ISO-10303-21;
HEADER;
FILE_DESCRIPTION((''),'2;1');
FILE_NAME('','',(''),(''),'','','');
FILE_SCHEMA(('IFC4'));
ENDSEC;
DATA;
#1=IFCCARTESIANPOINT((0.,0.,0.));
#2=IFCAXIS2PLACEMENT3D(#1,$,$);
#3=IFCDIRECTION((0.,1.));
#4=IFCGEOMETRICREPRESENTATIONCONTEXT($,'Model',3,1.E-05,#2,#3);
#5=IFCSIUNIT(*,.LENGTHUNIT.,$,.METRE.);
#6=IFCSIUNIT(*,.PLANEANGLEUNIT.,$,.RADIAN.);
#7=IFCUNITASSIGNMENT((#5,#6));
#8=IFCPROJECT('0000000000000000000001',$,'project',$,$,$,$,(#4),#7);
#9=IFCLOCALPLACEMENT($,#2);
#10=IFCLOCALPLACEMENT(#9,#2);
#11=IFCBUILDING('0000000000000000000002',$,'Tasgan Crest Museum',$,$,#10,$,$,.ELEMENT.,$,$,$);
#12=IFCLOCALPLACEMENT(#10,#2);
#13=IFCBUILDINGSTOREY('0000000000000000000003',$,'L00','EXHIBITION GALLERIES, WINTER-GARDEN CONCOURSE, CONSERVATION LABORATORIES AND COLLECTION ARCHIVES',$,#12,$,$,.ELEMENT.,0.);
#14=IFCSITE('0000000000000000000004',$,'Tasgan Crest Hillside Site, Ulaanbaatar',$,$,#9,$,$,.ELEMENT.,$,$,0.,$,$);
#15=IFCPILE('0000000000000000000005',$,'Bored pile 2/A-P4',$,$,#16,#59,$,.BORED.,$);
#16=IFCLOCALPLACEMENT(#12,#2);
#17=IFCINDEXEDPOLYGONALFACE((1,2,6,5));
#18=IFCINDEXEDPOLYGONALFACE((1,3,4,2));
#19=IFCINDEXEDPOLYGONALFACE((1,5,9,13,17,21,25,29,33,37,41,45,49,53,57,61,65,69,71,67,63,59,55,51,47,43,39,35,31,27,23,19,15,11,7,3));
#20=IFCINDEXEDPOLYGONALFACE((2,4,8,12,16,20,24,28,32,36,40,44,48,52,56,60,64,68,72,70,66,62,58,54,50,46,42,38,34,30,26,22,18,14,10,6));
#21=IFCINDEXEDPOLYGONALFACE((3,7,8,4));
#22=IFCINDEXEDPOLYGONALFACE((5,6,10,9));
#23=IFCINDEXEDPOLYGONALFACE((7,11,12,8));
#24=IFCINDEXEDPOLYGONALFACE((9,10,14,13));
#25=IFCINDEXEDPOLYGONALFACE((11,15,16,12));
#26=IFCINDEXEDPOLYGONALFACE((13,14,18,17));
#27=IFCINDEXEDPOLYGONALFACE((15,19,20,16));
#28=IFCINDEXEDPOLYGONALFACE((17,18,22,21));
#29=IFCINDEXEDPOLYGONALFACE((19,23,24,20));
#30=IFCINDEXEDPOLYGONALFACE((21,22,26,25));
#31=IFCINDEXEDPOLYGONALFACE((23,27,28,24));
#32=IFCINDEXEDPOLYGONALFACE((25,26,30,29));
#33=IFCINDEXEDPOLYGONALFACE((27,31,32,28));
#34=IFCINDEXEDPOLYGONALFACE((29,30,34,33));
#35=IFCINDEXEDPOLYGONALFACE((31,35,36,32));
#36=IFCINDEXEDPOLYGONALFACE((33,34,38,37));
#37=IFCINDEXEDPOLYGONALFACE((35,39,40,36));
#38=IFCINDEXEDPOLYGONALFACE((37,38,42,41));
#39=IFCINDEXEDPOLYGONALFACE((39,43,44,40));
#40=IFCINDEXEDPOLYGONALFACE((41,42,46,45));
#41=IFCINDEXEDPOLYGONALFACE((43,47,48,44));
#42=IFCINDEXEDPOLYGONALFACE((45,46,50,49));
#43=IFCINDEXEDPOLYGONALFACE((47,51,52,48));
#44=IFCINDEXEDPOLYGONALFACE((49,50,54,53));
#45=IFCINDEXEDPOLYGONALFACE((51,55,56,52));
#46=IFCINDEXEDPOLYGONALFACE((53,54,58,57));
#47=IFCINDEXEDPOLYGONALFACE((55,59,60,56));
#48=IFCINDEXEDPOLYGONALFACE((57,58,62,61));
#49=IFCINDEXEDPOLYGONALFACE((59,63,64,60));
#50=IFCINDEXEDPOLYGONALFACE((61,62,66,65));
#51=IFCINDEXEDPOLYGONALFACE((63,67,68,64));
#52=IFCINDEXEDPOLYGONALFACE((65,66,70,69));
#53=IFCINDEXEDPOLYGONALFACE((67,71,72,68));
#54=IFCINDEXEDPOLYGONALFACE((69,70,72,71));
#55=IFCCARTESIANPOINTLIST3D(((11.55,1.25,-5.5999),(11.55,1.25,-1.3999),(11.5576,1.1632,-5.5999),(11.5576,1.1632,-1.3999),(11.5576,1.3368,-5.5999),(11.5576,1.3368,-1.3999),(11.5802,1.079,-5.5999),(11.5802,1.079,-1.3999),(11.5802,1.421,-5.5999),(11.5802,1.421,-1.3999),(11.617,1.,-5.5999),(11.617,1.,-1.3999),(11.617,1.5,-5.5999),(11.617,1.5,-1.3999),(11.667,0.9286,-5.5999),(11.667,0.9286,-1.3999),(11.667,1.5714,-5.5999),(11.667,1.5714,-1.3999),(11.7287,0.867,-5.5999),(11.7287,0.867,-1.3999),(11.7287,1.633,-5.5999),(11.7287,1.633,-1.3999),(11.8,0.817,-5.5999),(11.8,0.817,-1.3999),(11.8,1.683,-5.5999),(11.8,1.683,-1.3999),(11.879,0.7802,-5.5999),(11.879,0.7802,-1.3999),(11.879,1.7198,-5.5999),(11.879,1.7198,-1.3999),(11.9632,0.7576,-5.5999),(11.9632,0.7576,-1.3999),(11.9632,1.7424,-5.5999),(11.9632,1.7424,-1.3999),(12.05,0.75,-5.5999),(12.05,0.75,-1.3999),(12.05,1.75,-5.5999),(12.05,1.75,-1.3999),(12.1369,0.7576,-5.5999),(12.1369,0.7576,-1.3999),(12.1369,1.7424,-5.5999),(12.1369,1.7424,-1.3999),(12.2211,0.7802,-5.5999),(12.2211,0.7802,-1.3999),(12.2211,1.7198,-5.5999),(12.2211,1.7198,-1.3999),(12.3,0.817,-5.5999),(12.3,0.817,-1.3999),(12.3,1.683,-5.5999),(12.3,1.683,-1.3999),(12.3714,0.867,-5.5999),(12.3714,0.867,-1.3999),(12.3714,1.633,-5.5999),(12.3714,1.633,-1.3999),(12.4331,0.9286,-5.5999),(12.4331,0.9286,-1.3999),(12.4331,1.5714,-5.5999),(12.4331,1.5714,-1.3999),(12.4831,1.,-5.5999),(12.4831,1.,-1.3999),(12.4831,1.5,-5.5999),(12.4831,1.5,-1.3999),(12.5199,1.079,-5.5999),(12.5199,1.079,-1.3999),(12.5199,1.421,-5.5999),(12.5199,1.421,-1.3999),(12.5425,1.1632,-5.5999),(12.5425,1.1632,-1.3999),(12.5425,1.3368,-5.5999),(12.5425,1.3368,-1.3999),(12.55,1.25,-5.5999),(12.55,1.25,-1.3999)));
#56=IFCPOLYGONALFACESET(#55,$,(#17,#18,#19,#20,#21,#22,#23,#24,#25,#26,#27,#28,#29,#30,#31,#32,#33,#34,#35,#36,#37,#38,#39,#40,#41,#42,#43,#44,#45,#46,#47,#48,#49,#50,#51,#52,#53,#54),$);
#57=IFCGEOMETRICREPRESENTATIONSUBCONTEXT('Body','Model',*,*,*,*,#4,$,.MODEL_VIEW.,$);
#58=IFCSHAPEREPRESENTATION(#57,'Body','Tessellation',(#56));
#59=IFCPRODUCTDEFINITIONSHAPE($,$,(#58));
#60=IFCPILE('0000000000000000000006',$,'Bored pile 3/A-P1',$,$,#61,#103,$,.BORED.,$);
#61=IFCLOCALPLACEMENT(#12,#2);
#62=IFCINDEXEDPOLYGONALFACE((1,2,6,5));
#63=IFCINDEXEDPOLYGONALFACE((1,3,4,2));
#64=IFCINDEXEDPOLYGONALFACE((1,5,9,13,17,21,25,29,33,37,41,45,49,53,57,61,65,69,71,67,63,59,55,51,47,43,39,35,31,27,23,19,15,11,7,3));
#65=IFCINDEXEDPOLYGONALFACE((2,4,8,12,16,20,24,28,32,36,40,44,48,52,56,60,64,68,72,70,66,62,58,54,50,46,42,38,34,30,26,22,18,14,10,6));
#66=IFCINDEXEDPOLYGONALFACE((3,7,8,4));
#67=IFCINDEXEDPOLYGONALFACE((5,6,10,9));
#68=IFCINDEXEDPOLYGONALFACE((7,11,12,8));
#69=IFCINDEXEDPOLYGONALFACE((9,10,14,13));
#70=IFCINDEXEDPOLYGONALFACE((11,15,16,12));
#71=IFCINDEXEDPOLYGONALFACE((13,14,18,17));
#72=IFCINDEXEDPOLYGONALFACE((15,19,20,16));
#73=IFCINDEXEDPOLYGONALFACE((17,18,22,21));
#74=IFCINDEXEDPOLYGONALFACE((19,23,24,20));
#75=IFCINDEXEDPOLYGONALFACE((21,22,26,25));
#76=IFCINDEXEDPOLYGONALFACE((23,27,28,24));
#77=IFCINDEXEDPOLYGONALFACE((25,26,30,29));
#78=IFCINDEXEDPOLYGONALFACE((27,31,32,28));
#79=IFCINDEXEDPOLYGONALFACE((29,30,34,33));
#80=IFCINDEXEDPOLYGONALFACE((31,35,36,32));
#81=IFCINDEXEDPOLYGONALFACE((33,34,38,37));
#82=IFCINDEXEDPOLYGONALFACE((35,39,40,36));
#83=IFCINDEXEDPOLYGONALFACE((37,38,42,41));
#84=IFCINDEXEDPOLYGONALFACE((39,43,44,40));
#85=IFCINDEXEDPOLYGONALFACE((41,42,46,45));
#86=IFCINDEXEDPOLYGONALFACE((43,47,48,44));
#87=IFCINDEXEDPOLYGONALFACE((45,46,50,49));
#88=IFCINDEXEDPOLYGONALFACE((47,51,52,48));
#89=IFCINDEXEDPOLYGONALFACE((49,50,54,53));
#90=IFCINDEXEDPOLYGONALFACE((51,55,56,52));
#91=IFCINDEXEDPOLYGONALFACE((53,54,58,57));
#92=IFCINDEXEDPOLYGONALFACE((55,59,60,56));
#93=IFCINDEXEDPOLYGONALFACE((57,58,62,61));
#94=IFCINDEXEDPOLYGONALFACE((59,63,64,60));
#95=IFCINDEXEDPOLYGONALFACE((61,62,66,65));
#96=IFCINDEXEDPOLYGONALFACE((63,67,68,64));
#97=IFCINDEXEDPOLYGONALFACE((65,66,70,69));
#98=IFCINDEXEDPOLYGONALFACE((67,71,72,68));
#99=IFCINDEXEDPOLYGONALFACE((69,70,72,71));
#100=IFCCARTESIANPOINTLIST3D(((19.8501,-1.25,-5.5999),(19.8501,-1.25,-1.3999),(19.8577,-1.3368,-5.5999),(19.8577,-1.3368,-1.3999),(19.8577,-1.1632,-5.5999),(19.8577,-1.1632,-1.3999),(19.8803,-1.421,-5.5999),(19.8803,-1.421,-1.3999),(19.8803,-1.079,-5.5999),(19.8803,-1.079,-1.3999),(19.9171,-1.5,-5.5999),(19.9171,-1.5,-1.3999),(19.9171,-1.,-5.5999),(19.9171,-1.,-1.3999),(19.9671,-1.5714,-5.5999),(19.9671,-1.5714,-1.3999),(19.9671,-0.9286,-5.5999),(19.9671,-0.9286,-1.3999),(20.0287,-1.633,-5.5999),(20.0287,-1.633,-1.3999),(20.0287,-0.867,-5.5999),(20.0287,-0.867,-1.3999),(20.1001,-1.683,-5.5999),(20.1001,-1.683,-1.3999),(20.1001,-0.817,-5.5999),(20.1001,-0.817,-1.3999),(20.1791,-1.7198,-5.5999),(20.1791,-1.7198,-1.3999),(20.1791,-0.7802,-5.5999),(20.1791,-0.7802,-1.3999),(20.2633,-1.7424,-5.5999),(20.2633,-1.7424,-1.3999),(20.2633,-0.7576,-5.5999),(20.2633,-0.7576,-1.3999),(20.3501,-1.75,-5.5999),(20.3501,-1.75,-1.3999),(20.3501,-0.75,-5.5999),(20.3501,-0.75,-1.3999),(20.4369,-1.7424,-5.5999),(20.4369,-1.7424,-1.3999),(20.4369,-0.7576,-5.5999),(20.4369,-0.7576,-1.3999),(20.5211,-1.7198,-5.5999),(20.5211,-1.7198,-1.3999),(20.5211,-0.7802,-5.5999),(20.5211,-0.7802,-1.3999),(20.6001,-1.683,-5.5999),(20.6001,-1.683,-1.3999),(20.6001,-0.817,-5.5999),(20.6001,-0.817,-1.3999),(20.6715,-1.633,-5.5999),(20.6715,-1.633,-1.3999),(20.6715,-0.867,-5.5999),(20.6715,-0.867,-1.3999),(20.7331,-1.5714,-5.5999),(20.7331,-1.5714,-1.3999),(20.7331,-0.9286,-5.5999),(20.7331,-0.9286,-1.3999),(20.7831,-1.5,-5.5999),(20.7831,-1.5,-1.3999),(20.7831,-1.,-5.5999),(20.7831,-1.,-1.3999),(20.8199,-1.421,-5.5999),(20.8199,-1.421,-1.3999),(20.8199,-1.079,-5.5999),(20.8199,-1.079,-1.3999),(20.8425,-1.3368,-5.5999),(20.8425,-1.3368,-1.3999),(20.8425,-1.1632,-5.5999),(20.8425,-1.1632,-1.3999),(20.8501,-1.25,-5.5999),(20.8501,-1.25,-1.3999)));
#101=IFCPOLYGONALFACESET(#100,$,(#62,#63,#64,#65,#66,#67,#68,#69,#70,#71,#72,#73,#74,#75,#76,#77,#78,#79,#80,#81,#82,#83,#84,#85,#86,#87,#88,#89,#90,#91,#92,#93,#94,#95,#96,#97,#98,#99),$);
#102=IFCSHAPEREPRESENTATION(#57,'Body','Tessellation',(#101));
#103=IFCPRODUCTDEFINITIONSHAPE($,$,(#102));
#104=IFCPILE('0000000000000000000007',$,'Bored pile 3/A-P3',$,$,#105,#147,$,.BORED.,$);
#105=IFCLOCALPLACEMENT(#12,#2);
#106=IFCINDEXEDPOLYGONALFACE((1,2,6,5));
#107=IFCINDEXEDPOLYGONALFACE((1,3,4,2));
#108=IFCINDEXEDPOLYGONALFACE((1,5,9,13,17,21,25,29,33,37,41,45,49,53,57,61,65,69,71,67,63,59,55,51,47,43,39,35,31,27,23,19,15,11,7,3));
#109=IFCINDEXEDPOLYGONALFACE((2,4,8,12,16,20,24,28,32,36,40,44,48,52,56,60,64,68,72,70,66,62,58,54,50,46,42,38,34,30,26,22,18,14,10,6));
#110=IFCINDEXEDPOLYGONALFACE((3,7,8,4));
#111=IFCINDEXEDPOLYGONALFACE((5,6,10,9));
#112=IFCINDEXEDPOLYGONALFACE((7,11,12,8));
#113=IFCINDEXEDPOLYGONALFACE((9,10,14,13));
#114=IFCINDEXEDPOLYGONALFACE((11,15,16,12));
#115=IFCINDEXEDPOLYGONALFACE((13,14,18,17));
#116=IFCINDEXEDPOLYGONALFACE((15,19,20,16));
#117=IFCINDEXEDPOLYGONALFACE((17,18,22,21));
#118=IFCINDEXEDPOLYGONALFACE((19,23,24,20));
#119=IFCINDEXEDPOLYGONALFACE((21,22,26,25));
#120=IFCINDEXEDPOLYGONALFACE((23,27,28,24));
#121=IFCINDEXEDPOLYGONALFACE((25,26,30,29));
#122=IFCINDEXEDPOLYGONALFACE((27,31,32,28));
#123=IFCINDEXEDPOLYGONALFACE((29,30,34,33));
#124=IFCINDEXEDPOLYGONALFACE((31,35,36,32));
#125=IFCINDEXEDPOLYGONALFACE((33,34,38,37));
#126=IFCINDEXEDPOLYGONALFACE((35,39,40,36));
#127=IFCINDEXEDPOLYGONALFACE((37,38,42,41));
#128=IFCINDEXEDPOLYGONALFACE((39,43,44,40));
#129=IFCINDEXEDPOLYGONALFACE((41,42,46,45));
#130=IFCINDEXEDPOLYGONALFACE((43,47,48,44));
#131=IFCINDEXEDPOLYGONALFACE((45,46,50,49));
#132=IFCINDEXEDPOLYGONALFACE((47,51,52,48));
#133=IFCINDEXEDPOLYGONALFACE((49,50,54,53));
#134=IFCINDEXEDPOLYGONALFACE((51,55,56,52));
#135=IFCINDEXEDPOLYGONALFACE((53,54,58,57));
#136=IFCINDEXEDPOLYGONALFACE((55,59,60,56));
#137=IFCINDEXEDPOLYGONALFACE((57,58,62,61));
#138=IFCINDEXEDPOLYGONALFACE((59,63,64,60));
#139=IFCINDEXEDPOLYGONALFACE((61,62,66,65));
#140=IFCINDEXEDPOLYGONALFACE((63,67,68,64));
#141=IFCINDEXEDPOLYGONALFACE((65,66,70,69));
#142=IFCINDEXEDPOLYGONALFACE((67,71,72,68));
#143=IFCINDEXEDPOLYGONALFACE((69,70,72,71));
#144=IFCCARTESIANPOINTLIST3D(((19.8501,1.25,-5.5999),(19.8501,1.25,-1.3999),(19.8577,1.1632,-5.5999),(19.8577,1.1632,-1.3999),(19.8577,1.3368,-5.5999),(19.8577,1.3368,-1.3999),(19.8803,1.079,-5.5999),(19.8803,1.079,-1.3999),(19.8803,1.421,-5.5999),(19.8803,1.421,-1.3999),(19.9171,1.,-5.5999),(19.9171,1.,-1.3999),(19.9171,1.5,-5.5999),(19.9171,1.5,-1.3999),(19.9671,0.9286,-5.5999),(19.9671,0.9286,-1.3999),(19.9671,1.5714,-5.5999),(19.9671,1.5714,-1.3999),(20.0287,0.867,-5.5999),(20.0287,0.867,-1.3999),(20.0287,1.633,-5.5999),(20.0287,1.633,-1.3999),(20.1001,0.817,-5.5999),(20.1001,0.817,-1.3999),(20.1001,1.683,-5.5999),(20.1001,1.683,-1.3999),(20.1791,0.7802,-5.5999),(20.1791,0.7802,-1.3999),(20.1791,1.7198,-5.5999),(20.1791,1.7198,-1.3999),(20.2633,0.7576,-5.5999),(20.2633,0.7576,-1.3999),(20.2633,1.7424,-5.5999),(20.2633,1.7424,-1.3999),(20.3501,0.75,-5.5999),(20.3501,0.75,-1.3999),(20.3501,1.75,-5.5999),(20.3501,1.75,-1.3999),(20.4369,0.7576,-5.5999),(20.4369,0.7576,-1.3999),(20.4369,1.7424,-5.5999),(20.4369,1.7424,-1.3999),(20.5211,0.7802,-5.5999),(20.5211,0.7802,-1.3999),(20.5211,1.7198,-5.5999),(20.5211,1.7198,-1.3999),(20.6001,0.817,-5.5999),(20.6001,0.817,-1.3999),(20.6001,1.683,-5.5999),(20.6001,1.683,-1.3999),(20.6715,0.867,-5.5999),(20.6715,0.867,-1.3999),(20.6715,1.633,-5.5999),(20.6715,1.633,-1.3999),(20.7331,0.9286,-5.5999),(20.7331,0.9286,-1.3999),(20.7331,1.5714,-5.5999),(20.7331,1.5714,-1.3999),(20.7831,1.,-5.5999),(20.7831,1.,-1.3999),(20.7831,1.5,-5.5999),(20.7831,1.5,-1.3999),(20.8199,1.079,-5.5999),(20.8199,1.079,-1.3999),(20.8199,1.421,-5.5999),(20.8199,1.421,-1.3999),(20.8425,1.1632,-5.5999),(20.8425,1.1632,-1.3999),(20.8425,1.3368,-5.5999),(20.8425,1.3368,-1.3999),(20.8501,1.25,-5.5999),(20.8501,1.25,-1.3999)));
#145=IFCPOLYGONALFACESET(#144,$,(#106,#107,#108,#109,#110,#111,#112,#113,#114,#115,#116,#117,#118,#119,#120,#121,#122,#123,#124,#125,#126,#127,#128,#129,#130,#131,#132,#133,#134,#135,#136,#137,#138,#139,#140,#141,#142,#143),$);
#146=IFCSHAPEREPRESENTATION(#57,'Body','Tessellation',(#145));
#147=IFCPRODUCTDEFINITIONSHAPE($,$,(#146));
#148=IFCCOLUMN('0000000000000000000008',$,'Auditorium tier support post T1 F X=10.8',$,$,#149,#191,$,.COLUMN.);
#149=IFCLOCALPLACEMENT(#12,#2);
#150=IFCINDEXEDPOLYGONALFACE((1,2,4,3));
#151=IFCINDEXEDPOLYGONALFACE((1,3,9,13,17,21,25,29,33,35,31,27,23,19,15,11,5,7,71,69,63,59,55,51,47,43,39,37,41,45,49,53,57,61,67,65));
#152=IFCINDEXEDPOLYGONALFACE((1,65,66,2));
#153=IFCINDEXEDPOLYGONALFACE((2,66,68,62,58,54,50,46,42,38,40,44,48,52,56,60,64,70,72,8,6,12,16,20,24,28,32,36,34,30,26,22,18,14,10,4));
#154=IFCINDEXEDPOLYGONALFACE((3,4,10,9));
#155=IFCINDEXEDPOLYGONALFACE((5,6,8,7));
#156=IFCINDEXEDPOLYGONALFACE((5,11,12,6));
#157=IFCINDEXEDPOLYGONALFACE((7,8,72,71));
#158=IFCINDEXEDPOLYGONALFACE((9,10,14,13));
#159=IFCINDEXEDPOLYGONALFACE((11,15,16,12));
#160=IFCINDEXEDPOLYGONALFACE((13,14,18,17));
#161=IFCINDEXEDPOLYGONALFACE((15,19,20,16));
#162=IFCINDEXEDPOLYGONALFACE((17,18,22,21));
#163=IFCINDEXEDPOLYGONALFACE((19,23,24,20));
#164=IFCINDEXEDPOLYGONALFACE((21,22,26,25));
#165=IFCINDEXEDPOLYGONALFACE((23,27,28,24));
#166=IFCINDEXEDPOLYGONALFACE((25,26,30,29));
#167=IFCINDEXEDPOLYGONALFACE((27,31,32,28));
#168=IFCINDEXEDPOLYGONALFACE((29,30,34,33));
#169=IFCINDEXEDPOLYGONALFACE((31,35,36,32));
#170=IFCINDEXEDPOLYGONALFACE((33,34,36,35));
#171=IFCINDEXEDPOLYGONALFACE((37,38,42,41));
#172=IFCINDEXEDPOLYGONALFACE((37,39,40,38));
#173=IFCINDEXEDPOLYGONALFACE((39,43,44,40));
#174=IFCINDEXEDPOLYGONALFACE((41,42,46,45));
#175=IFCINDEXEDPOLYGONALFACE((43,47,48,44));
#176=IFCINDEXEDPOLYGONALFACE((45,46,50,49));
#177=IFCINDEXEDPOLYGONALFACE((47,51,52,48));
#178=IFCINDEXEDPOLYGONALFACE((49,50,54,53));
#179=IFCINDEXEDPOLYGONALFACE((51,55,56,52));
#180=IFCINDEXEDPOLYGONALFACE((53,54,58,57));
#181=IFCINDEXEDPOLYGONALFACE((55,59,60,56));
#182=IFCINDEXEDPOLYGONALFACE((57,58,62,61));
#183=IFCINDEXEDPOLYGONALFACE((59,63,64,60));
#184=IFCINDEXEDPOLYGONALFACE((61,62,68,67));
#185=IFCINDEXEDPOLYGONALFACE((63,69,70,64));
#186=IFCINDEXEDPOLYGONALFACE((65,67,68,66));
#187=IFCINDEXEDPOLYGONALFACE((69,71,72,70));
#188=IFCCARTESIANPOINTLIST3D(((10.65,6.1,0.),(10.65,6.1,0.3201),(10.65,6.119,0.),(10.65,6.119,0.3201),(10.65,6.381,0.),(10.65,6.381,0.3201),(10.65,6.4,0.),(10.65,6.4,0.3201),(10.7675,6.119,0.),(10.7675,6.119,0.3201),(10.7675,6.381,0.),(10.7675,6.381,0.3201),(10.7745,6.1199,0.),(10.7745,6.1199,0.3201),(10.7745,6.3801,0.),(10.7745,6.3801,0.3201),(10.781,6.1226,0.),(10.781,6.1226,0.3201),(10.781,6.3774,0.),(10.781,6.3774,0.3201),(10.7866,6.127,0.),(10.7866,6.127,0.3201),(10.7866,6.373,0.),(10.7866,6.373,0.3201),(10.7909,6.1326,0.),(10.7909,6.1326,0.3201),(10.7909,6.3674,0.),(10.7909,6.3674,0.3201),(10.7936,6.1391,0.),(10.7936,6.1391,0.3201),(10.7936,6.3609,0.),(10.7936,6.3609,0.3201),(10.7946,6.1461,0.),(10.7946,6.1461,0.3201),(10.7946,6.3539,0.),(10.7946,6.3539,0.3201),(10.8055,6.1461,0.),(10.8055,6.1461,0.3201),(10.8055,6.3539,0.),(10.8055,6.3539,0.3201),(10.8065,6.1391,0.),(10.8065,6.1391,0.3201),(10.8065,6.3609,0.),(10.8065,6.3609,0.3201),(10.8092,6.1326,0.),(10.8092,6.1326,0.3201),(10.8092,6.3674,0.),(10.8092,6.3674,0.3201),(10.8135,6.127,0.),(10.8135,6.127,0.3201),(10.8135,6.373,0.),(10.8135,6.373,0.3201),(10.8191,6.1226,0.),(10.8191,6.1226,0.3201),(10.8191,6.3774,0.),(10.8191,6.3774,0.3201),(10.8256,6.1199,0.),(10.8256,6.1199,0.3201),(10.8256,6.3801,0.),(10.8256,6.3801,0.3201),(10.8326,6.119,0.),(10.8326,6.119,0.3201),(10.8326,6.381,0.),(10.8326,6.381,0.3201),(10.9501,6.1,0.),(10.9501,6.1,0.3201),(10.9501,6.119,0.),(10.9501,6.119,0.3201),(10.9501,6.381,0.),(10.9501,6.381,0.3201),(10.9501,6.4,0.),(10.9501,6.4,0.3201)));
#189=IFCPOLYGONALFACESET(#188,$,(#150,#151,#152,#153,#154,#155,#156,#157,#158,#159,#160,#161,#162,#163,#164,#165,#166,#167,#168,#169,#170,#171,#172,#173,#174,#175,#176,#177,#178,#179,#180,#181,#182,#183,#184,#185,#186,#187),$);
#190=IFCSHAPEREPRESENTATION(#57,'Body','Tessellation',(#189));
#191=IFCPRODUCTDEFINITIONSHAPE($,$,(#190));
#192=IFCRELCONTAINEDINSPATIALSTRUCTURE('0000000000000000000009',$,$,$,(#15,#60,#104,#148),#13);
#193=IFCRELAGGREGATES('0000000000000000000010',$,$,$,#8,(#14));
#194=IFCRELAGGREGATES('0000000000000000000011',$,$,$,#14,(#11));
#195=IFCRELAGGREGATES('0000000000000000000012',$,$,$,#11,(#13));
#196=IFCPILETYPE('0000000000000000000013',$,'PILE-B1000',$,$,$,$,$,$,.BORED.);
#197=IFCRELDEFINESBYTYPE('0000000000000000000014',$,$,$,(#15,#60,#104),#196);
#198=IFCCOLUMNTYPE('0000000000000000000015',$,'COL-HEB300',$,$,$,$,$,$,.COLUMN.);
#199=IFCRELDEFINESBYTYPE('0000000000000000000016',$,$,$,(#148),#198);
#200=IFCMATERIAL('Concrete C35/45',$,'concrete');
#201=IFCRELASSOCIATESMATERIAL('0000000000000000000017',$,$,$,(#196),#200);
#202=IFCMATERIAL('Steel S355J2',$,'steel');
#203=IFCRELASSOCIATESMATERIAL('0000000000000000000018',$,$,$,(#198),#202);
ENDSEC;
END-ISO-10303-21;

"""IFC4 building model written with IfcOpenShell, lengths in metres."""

from ifc_helpers import new_model, si_unit, direction, frame, origin, origin_2d, place, context, subcontext, project, spatial, circle, i_section, extrude, material, material_profile, profile_set, type_object, element, save


model = new_model("IFC4")

# Units and contexts
model_context = context("Model", 3, precision=1e-05, world=origin(), true_north=direction((0.0, 1.0)))
body_context = subcontext(model_context, "Body", "Model", "MODEL_VIEW")
ifc_project = project(units=[si_unit("LENGTHUNIT", "METRE"), si_unit("PLANEANGLEUNIT", "RADIAN")], contexts=[model_context])

# Site, building, storey
site_placement = place(None, origin())
site = spatial("IfcSite", under=ifc_project, at=site_placement, Name="Tasgan Crest Hillside Site, Ulaanbaatar", CompositionType="ELEMENT", RefElevation=0.0)
building_placement = place(site_placement, origin())
building = spatial("IfcBuilding", under=site, at=building_placement, Name="Tasgan Crest Museum", CompositionType="ELEMENT")
storey_placement = place(building_placement, origin())
storey = spatial("IfcBuildingStorey", under=building, at=storey_placement, Name="L00", Description="EXHIBITION GALLERIES, WINTER-GARDEN CONCOURSE, CONSERVATION LABORATORIES AND COLLECTION ARCHIVES", CompositionType="ELEMENT", Elevation=0.0)

# Piles
ifc_material_1 = material(Name="Concrete C35/45", Category="concrete")
ifc_material_profile_1 = material_profile(ifc_material_1, circle(Radius=0.5, at=origin_2d()), Name="PILE D1000")
ifc_profile_set_1 = profile_set([ifc_material_profile_1], Name="Concrete C35/45")
pile_type = type_object("IfcPileType", Name="PILE-B1000", PredefinedType="BORED", material=ifc_profile_set_1)
for number, where, z_axis, x_axis, name in (
    (1, (12.05, 1.25, -1.3999), (0.0, 0.0, -1.0), (1.0, 0.0, 0.0), "Bored pile 2/A-P4"),
    (2, (20.3501, -1.25, -1.3999), (0.0, 0.0, -1.0), (1.0, 0.0, 0.0), "Bored pile 3/A-P1"),
    (3, (20.3501, 1.25, -1.3999), (0.0, 0.0, -1.0), (1.0, 0.0, 0.0), "Bored pile 3/A-P3"),
):
    element("IfcPile", number, at=place(storey_placement, frame(where, z_axis=z_axis, x_axis=x_axis)), inside=storey, type_object=pile_type, Name=name, PredefinedType="BORED", context=body_context, shape_type="SweptSolid", body=[
        extrude(circle(Radius=0.5, at=origin_2d()), origin(), (0.0, 0.0, 1.0), 4.2),
    ])

# Column
ifc_material_2 = material(Name="Steel S355J2", Category="steel")
ifc_material_profile_2 = material_profile(ifc_material_2, i_section(OverallWidth=0.3, OverallDepth=0.3, WebThickness=0.011, FlangeThickness=0.019, FilletRadius=0.0271, at=origin_2d()), Name="HEB 300")
ifc_profile_set_2 = profile_set([ifc_material_profile_2], Name="Steel S355J2")
column_type_1 = type_object("IfcColumnType", Name="COL-HEB300", PredefinedType="COLUMN", material=ifc_profile_set_2)
for number, where, z_axis, x_axis, name in (
    (4, (10.8, 6.25, 0.0), (0.0, 0.0, 1.0), (1.0, 0.0, 0.0), "Auditorium tier support post T1 F X=10.8"),
):
    element("IfcColumn", number, at=place(storey_placement, frame(where, z_axis=z_axis, x_axis=x_axis)), inside=storey, type_object=column_type_1, Name=name, PredefinedType="COLUMN", context=body_context, shape_type="SweptSolid", body=[
        extrude(i_section(OverallWidth=0.3, OverallDepth=0.3, WebThickness=0.011, FlangeThickness=0.019, FilletRadius=0.0271, at=origin_2d()), origin(), (0.0, 0.0, 1.0), 0.3201),
    ])

save(model, "model.ifc")
